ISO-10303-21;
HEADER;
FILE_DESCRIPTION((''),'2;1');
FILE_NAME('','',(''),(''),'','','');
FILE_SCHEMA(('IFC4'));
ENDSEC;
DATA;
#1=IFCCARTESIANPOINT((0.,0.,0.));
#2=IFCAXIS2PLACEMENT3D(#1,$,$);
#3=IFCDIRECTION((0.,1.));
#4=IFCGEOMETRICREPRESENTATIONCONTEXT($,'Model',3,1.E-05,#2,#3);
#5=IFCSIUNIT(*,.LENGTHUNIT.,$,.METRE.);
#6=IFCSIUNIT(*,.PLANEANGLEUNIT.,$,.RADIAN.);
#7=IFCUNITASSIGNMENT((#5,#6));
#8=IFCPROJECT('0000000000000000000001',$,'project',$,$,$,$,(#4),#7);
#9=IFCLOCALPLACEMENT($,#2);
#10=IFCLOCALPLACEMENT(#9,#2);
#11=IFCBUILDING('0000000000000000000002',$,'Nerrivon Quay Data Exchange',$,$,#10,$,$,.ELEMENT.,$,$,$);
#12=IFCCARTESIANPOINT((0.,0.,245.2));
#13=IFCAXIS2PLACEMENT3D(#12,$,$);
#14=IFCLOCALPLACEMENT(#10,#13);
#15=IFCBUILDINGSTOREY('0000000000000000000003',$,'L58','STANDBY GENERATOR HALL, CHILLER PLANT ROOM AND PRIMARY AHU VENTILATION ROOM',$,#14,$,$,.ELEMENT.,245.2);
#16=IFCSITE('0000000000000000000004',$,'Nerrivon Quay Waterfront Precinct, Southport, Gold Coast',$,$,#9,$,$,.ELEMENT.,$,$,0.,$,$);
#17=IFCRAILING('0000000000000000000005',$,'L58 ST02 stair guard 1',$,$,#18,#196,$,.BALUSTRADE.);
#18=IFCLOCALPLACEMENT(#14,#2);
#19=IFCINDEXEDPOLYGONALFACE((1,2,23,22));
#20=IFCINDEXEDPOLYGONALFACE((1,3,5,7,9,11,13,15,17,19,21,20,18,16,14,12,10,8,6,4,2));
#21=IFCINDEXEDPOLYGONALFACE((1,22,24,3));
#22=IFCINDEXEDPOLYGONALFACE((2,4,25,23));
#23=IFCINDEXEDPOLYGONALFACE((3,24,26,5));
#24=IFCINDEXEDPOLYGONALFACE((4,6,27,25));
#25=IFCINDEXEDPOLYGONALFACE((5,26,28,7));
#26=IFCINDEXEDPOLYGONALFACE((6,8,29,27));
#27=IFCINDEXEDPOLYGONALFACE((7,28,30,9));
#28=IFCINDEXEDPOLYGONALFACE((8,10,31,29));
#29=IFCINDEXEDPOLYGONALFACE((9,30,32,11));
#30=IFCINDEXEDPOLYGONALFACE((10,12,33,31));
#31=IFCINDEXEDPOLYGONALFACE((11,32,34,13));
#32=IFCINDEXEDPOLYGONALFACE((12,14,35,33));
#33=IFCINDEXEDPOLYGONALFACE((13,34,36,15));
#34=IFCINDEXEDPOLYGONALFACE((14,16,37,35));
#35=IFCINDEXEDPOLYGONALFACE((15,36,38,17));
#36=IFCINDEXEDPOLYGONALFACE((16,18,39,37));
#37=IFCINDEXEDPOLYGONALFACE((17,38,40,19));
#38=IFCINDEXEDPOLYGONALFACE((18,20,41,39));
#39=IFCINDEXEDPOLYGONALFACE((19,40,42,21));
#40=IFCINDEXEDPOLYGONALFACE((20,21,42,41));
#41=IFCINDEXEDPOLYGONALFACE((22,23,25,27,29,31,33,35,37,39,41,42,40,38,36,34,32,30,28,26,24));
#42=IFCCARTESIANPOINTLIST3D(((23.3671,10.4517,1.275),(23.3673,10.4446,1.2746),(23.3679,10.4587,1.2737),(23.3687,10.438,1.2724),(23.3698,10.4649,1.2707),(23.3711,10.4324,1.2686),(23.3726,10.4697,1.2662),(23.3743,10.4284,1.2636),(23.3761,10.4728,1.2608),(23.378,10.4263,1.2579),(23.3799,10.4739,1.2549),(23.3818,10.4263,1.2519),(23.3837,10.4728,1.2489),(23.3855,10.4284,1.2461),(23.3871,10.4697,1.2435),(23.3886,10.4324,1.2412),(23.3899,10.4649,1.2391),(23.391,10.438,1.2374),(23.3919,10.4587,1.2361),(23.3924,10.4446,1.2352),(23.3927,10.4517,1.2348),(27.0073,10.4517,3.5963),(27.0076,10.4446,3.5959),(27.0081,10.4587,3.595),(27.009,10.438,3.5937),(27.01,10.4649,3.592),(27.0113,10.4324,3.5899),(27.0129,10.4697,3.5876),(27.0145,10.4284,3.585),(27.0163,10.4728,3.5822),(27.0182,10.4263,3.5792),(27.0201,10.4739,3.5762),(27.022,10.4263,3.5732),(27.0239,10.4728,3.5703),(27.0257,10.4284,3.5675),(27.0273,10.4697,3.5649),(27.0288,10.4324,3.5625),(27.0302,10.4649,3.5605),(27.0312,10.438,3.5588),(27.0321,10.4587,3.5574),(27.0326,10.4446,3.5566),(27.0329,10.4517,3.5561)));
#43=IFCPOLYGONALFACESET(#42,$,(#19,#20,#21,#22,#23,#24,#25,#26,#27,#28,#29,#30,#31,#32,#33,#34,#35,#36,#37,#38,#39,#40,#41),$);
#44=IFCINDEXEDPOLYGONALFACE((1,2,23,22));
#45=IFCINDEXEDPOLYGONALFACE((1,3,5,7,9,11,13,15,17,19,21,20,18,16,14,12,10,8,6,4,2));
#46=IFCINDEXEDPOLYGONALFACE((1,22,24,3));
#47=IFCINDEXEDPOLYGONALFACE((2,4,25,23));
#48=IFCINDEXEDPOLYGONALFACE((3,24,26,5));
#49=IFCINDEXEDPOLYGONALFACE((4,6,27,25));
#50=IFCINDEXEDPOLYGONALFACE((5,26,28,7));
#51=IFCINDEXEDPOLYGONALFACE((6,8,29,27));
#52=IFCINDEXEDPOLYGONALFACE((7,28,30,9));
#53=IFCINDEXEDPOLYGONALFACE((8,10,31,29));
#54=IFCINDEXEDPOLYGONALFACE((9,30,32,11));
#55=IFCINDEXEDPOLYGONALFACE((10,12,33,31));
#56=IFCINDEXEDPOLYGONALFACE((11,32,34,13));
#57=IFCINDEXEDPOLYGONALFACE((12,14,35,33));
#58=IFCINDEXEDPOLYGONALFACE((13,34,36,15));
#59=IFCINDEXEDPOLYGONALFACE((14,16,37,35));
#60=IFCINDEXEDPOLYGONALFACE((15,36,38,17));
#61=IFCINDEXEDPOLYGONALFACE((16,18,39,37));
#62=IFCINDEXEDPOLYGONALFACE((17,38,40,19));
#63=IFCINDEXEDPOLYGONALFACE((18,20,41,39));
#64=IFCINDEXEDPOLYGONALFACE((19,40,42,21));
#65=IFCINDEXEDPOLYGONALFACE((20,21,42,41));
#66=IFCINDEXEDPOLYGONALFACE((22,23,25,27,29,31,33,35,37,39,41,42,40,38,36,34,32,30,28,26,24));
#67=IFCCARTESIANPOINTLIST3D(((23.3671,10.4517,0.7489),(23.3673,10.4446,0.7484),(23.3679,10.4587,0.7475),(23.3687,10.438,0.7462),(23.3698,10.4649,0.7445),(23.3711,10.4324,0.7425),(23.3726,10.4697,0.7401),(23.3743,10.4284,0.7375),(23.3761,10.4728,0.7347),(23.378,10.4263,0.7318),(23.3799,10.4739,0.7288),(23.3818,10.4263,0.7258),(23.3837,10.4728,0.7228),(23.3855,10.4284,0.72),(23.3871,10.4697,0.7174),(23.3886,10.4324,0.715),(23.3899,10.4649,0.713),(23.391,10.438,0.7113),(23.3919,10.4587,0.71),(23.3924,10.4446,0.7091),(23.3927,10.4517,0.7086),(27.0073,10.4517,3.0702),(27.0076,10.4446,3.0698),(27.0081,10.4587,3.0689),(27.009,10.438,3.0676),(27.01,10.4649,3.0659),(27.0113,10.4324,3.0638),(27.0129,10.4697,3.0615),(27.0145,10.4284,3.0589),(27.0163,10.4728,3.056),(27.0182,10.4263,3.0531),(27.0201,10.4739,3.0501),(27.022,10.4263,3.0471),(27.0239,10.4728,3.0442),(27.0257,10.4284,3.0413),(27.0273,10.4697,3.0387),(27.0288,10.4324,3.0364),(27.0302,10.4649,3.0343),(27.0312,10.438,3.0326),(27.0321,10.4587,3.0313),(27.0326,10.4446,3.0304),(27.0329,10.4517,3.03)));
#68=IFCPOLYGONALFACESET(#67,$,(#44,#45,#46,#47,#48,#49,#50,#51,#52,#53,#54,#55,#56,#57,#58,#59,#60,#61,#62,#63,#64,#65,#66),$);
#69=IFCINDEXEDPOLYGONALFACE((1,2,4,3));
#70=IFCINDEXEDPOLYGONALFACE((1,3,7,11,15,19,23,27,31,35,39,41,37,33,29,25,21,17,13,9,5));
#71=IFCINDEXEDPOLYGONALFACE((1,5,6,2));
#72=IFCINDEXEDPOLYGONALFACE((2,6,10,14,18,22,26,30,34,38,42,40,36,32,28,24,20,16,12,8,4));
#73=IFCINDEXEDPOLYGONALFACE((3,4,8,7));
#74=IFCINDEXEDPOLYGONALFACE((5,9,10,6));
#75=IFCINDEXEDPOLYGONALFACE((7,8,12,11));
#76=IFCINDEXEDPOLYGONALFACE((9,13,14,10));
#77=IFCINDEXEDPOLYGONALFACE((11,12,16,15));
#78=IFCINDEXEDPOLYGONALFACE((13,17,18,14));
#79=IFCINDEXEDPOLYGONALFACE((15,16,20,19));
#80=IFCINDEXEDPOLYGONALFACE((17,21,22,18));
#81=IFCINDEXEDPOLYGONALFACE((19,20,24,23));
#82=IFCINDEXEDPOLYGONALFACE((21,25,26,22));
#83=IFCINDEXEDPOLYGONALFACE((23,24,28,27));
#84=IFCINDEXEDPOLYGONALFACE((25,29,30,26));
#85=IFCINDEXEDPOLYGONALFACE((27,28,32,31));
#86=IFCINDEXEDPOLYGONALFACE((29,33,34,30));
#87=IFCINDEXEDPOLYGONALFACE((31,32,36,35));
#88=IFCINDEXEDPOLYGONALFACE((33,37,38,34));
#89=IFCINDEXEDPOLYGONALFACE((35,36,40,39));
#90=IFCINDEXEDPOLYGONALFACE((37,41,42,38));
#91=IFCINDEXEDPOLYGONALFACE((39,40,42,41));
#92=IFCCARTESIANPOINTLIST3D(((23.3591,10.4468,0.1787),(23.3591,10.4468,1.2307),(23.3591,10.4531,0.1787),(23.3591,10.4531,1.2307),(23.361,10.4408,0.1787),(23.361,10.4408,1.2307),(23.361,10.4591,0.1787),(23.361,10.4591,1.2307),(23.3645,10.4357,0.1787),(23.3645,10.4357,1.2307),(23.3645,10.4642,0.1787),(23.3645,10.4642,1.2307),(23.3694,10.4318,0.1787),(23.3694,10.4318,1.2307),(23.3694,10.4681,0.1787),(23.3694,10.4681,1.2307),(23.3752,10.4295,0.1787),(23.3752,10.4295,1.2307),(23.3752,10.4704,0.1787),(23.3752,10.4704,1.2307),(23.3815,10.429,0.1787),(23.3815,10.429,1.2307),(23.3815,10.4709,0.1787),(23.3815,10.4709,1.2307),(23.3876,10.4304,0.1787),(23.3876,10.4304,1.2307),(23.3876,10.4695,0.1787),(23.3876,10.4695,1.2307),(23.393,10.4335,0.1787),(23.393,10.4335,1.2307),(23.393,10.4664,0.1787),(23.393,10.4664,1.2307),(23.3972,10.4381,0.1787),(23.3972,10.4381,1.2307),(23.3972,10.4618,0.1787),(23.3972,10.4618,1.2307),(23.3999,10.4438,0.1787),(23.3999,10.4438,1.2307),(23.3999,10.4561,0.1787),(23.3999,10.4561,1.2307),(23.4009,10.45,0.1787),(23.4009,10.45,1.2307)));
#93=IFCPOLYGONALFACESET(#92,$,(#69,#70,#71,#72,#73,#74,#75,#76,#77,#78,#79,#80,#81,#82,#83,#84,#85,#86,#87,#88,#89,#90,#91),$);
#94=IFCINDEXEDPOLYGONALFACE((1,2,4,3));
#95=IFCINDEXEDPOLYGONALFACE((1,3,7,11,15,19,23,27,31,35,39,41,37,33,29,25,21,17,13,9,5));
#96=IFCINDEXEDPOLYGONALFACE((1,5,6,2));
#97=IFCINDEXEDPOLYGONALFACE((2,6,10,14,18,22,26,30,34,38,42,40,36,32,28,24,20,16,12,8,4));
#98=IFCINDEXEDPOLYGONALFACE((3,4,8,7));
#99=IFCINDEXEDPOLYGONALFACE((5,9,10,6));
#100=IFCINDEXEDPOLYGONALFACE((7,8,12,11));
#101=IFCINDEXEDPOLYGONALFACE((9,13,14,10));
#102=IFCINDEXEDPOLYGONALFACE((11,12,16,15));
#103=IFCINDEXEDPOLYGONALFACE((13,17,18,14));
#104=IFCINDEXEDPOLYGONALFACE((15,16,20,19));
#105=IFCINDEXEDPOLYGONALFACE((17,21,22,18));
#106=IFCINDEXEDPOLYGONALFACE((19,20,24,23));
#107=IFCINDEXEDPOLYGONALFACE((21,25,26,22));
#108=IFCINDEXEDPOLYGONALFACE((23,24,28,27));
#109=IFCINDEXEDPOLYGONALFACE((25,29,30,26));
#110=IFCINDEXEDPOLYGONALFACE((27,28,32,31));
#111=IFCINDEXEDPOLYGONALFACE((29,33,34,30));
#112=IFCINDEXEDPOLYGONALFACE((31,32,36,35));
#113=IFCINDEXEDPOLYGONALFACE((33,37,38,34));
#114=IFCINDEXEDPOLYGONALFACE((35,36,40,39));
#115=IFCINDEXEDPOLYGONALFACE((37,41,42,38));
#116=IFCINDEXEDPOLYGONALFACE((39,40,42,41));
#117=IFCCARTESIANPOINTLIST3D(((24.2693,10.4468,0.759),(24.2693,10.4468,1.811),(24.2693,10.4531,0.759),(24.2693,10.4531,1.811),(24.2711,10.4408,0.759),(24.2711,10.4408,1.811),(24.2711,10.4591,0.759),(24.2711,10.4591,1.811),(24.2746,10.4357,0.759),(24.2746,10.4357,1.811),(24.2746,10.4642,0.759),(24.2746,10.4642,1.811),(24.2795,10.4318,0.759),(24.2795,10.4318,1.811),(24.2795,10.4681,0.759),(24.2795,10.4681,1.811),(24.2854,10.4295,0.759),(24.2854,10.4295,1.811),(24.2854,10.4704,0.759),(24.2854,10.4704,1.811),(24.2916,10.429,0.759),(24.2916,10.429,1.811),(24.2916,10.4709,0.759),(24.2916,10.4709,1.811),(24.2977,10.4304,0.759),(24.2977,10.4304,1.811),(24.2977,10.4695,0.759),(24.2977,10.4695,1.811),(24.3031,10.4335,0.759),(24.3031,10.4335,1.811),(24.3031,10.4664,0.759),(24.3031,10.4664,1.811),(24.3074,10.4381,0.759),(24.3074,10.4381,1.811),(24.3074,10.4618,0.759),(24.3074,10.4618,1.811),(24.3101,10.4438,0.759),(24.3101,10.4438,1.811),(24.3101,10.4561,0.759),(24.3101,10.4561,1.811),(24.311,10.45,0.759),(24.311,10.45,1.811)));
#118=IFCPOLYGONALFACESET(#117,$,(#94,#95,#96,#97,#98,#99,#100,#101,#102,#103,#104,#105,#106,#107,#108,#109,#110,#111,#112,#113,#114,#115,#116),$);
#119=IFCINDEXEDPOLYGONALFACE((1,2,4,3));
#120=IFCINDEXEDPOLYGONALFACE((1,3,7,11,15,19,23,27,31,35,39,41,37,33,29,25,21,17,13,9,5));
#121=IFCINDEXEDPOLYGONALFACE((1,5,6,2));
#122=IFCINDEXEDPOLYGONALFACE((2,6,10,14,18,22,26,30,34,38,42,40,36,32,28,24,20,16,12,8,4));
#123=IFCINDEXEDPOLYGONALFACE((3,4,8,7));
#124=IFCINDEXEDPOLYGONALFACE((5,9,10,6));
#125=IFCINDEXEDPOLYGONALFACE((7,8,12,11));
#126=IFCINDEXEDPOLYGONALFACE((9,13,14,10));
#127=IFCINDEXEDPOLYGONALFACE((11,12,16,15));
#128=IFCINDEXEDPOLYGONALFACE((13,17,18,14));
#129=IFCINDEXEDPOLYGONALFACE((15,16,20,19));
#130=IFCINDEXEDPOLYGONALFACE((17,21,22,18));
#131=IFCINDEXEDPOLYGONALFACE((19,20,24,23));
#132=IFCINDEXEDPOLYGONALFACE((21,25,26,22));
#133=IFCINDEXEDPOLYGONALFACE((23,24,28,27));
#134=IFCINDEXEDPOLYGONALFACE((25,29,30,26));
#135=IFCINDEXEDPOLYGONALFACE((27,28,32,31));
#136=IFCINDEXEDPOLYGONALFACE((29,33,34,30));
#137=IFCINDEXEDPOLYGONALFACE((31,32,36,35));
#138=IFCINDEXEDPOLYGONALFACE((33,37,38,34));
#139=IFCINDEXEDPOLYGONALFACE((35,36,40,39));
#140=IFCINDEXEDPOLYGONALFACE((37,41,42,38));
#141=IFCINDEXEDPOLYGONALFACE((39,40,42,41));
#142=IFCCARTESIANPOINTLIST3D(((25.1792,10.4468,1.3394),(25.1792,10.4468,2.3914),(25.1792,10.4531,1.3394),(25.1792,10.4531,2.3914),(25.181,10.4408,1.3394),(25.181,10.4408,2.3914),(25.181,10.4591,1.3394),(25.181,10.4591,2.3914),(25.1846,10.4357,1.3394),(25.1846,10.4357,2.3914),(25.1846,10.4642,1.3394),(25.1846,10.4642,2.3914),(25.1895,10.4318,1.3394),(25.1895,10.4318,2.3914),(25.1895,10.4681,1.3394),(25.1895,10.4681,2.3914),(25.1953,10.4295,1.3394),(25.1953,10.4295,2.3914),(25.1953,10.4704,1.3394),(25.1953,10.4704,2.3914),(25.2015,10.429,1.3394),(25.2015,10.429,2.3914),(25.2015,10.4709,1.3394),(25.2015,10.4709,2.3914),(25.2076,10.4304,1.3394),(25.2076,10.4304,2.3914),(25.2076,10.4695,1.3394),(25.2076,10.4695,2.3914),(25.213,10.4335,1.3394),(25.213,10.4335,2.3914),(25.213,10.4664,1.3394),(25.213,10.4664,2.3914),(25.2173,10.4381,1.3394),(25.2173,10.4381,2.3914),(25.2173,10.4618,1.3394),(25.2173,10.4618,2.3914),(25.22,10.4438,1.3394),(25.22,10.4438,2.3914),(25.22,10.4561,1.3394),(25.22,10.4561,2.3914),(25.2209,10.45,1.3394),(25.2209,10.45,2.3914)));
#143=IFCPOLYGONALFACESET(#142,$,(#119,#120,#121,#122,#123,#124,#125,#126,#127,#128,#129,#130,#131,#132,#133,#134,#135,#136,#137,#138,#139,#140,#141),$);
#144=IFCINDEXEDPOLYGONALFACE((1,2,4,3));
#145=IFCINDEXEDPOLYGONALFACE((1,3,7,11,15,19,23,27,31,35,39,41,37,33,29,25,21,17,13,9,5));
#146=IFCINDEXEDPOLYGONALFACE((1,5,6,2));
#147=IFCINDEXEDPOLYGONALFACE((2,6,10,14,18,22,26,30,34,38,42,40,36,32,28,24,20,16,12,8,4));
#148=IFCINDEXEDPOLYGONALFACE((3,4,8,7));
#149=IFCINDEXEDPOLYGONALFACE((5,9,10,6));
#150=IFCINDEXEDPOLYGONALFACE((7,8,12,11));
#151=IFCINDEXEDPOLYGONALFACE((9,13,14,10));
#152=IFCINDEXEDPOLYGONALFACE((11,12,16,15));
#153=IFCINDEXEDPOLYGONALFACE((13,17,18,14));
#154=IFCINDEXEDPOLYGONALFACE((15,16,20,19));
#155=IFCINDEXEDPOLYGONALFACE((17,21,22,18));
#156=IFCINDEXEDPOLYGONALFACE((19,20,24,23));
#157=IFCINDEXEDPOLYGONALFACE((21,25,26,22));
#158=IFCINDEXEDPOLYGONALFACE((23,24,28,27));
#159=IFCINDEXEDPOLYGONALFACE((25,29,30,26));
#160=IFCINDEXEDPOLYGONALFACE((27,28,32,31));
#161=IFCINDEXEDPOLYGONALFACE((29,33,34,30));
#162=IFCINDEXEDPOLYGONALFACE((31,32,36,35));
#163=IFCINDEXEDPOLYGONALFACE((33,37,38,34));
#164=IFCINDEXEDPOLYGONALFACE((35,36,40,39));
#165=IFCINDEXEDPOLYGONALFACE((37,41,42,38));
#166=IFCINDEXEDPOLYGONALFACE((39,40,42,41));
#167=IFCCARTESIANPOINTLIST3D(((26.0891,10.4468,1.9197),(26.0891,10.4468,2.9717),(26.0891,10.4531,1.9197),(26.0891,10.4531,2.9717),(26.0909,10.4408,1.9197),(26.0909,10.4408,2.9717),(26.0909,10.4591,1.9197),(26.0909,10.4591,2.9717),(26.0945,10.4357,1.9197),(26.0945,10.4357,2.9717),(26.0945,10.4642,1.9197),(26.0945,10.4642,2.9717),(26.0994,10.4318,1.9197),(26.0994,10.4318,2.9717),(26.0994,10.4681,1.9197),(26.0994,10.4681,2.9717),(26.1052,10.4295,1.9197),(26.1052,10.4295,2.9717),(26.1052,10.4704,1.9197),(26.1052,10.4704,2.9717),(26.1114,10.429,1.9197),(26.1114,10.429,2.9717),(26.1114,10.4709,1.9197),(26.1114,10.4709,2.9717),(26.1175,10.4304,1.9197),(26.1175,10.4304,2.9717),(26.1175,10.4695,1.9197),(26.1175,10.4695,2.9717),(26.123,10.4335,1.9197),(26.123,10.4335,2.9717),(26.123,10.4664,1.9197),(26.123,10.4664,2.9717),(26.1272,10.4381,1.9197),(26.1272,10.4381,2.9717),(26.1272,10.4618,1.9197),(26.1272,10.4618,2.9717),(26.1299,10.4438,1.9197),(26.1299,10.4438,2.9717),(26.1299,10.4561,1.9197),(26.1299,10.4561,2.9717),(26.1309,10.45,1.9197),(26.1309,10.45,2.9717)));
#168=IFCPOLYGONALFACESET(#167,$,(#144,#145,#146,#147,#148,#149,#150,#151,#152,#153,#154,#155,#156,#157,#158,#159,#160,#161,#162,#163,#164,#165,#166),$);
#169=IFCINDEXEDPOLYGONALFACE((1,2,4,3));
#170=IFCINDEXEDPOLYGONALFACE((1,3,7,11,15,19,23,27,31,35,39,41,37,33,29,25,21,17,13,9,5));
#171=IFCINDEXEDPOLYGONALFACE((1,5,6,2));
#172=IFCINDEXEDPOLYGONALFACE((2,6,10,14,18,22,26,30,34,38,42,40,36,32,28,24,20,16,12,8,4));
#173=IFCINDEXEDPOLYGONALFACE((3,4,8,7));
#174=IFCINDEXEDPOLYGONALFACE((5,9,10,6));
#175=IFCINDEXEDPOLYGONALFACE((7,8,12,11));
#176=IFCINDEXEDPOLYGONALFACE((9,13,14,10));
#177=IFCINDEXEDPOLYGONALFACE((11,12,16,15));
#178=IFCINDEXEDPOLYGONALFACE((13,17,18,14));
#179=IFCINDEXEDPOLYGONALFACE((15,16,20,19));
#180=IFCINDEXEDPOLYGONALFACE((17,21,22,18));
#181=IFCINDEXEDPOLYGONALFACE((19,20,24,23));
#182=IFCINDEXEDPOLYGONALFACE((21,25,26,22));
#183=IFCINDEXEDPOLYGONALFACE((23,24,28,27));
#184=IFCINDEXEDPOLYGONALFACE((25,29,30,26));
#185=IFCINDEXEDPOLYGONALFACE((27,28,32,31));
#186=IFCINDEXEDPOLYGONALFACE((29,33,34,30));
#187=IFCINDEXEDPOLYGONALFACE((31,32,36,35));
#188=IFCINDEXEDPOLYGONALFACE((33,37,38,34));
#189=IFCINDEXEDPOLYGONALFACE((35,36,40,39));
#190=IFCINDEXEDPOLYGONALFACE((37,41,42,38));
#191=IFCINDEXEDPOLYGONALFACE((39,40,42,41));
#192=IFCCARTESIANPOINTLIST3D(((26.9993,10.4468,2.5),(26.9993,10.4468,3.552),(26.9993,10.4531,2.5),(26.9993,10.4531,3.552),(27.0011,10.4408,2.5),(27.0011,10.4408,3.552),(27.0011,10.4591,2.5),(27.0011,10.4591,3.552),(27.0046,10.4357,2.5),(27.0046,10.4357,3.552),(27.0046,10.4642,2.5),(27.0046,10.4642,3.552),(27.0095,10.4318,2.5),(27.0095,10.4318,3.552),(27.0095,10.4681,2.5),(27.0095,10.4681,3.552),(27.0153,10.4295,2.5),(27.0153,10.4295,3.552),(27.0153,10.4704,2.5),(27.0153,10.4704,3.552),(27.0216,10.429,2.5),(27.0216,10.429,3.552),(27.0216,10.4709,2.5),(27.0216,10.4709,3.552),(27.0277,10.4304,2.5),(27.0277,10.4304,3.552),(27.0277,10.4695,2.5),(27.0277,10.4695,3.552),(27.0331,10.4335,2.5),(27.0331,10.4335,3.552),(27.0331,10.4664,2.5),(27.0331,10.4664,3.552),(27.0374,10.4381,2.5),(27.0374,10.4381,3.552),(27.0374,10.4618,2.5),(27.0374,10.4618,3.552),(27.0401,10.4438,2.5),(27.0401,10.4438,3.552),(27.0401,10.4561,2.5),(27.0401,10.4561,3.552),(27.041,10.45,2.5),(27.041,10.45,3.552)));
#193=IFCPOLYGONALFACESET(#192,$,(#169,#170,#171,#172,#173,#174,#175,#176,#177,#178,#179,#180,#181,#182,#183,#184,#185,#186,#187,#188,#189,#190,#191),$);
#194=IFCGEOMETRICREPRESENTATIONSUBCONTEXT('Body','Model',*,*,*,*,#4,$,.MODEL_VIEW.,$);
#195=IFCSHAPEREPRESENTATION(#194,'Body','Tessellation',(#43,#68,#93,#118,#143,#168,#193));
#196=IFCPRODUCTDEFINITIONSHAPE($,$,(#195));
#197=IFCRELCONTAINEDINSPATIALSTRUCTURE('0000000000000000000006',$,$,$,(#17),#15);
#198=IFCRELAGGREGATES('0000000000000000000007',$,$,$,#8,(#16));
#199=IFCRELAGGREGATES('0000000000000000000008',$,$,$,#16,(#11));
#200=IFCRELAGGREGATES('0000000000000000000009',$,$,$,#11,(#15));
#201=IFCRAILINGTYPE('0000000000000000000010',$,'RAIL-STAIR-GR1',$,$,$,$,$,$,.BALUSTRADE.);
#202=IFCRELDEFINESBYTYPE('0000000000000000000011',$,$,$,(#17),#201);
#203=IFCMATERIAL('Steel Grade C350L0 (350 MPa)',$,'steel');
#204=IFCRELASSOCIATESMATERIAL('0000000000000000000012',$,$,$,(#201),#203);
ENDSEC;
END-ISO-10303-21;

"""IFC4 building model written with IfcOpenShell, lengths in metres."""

from ifc_helpers import new_model, si_unit, direction, frame, origin, origin_2d, place, context, subcontext, project, spatial, circle, extrude, material, type_object, element, save


model = new_model("IFC4")

# Units and contexts
model_context = context("Model", 3, precision=1e-05, world=origin(), true_north=direction((0.0, 1.0)))
body_context = subcontext(model_context, "Body", "Model", "MODEL_VIEW")
ifc_project = project(units=[si_unit("LENGTHUNIT", "METRE"), si_unit("PLANEANGLEUNIT", "RADIAN")], contexts=[model_context])

# Site, building, storey
site_placement = place(None, origin())
site = spatial("IfcSite", under=ifc_project, at=site_placement, Name="Nerrivon Quay Waterfront Precinct, Southport, Gold Coast", CompositionType="ELEMENT", RefElevation=0.0)
building_placement = place(site_placement, origin())
building = spatial("IfcBuilding", under=site, at=building_placement, Name="Nerrivon Quay Data Exchange", CompositionType="ELEMENT")
storey_placement = place(building_placement, frame((0.0, 0.0, 245.2)))
storey = spatial("IfcBuildingStorey", under=building, at=storey_placement, Name="L58", Description="STANDBY GENERATOR HALL, CHILLER PLANT ROOM AND PRIMARY AHU VENTILATION ROOM", CompositionType="ELEMENT", Elevation=245.2)

# Railing
ifc_material_1 = material(Name="Steel Grade C350L0 (350 MPa)", Category="steel")
railing_type_1 = type_object("IfcRailingType", Name="RAIL-STAIR-GR1", PredefinedType="BALUSTRADE", material=ifc_material_1)
railing_1_placement = place(storey_placement, frame((23.3799, 10.45, 0.1787)))
element("IfcRailing", 1, at=railing_1_placement, inside=storey, type_object=railing_type_1, Name="L58 ST02 stair guard 1", PredefinedType="BALUSTRADE", context=body_context, shape_type="SweptSolid", body=[
    extrude(circle(Radius=0.0239, at=origin_2d()), frame((0.0, 0.0, 1.0762), z_axis=(0.843153, 0.0, 0.537673), x_axis=(0.0, 1.0, 0.0)), (0.0, 0.0, 1.0), 4.3174),
    extrude(circle(Radius=0.0239, at=origin_2d()), frame((0.0, 0.0, 0.55), z_axis=(0.843153, 0.0, 0.537673), x_axis=(0.0, 1.0, 0.0)), (0.0, 0.0, 1.0), 4.3174),
    extrude(circle(Radius=0.021, at=origin_2d()), origin(), (0.0, 0.0, 1.0), 1.052),
    extrude(circle(Radius=0.021, at=origin_2d()), frame((0.9102, 0.0, 0.5803)), (0.0, 0.0, 1.0), 1.052),
    extrude(circle(Radius=0.021, at=origin_2d()), frame((1.8201, 0.0, 1.1606)), (0.0, 0.0, 1.0), 1.052),
    extrude(circle(Radius=0.021, at=origin_2d()), frame((2.73, 0.0, 1.741)), (0.0, 0.0, 1.0), 1.052),
    extrude(circle(Radius=0.021, at=origin_2d()), frame((3.6401, 0.0, 2.3213)), (0.0, 0.0, 1.0), 1.052),
])

save(model, "model.ifc")
